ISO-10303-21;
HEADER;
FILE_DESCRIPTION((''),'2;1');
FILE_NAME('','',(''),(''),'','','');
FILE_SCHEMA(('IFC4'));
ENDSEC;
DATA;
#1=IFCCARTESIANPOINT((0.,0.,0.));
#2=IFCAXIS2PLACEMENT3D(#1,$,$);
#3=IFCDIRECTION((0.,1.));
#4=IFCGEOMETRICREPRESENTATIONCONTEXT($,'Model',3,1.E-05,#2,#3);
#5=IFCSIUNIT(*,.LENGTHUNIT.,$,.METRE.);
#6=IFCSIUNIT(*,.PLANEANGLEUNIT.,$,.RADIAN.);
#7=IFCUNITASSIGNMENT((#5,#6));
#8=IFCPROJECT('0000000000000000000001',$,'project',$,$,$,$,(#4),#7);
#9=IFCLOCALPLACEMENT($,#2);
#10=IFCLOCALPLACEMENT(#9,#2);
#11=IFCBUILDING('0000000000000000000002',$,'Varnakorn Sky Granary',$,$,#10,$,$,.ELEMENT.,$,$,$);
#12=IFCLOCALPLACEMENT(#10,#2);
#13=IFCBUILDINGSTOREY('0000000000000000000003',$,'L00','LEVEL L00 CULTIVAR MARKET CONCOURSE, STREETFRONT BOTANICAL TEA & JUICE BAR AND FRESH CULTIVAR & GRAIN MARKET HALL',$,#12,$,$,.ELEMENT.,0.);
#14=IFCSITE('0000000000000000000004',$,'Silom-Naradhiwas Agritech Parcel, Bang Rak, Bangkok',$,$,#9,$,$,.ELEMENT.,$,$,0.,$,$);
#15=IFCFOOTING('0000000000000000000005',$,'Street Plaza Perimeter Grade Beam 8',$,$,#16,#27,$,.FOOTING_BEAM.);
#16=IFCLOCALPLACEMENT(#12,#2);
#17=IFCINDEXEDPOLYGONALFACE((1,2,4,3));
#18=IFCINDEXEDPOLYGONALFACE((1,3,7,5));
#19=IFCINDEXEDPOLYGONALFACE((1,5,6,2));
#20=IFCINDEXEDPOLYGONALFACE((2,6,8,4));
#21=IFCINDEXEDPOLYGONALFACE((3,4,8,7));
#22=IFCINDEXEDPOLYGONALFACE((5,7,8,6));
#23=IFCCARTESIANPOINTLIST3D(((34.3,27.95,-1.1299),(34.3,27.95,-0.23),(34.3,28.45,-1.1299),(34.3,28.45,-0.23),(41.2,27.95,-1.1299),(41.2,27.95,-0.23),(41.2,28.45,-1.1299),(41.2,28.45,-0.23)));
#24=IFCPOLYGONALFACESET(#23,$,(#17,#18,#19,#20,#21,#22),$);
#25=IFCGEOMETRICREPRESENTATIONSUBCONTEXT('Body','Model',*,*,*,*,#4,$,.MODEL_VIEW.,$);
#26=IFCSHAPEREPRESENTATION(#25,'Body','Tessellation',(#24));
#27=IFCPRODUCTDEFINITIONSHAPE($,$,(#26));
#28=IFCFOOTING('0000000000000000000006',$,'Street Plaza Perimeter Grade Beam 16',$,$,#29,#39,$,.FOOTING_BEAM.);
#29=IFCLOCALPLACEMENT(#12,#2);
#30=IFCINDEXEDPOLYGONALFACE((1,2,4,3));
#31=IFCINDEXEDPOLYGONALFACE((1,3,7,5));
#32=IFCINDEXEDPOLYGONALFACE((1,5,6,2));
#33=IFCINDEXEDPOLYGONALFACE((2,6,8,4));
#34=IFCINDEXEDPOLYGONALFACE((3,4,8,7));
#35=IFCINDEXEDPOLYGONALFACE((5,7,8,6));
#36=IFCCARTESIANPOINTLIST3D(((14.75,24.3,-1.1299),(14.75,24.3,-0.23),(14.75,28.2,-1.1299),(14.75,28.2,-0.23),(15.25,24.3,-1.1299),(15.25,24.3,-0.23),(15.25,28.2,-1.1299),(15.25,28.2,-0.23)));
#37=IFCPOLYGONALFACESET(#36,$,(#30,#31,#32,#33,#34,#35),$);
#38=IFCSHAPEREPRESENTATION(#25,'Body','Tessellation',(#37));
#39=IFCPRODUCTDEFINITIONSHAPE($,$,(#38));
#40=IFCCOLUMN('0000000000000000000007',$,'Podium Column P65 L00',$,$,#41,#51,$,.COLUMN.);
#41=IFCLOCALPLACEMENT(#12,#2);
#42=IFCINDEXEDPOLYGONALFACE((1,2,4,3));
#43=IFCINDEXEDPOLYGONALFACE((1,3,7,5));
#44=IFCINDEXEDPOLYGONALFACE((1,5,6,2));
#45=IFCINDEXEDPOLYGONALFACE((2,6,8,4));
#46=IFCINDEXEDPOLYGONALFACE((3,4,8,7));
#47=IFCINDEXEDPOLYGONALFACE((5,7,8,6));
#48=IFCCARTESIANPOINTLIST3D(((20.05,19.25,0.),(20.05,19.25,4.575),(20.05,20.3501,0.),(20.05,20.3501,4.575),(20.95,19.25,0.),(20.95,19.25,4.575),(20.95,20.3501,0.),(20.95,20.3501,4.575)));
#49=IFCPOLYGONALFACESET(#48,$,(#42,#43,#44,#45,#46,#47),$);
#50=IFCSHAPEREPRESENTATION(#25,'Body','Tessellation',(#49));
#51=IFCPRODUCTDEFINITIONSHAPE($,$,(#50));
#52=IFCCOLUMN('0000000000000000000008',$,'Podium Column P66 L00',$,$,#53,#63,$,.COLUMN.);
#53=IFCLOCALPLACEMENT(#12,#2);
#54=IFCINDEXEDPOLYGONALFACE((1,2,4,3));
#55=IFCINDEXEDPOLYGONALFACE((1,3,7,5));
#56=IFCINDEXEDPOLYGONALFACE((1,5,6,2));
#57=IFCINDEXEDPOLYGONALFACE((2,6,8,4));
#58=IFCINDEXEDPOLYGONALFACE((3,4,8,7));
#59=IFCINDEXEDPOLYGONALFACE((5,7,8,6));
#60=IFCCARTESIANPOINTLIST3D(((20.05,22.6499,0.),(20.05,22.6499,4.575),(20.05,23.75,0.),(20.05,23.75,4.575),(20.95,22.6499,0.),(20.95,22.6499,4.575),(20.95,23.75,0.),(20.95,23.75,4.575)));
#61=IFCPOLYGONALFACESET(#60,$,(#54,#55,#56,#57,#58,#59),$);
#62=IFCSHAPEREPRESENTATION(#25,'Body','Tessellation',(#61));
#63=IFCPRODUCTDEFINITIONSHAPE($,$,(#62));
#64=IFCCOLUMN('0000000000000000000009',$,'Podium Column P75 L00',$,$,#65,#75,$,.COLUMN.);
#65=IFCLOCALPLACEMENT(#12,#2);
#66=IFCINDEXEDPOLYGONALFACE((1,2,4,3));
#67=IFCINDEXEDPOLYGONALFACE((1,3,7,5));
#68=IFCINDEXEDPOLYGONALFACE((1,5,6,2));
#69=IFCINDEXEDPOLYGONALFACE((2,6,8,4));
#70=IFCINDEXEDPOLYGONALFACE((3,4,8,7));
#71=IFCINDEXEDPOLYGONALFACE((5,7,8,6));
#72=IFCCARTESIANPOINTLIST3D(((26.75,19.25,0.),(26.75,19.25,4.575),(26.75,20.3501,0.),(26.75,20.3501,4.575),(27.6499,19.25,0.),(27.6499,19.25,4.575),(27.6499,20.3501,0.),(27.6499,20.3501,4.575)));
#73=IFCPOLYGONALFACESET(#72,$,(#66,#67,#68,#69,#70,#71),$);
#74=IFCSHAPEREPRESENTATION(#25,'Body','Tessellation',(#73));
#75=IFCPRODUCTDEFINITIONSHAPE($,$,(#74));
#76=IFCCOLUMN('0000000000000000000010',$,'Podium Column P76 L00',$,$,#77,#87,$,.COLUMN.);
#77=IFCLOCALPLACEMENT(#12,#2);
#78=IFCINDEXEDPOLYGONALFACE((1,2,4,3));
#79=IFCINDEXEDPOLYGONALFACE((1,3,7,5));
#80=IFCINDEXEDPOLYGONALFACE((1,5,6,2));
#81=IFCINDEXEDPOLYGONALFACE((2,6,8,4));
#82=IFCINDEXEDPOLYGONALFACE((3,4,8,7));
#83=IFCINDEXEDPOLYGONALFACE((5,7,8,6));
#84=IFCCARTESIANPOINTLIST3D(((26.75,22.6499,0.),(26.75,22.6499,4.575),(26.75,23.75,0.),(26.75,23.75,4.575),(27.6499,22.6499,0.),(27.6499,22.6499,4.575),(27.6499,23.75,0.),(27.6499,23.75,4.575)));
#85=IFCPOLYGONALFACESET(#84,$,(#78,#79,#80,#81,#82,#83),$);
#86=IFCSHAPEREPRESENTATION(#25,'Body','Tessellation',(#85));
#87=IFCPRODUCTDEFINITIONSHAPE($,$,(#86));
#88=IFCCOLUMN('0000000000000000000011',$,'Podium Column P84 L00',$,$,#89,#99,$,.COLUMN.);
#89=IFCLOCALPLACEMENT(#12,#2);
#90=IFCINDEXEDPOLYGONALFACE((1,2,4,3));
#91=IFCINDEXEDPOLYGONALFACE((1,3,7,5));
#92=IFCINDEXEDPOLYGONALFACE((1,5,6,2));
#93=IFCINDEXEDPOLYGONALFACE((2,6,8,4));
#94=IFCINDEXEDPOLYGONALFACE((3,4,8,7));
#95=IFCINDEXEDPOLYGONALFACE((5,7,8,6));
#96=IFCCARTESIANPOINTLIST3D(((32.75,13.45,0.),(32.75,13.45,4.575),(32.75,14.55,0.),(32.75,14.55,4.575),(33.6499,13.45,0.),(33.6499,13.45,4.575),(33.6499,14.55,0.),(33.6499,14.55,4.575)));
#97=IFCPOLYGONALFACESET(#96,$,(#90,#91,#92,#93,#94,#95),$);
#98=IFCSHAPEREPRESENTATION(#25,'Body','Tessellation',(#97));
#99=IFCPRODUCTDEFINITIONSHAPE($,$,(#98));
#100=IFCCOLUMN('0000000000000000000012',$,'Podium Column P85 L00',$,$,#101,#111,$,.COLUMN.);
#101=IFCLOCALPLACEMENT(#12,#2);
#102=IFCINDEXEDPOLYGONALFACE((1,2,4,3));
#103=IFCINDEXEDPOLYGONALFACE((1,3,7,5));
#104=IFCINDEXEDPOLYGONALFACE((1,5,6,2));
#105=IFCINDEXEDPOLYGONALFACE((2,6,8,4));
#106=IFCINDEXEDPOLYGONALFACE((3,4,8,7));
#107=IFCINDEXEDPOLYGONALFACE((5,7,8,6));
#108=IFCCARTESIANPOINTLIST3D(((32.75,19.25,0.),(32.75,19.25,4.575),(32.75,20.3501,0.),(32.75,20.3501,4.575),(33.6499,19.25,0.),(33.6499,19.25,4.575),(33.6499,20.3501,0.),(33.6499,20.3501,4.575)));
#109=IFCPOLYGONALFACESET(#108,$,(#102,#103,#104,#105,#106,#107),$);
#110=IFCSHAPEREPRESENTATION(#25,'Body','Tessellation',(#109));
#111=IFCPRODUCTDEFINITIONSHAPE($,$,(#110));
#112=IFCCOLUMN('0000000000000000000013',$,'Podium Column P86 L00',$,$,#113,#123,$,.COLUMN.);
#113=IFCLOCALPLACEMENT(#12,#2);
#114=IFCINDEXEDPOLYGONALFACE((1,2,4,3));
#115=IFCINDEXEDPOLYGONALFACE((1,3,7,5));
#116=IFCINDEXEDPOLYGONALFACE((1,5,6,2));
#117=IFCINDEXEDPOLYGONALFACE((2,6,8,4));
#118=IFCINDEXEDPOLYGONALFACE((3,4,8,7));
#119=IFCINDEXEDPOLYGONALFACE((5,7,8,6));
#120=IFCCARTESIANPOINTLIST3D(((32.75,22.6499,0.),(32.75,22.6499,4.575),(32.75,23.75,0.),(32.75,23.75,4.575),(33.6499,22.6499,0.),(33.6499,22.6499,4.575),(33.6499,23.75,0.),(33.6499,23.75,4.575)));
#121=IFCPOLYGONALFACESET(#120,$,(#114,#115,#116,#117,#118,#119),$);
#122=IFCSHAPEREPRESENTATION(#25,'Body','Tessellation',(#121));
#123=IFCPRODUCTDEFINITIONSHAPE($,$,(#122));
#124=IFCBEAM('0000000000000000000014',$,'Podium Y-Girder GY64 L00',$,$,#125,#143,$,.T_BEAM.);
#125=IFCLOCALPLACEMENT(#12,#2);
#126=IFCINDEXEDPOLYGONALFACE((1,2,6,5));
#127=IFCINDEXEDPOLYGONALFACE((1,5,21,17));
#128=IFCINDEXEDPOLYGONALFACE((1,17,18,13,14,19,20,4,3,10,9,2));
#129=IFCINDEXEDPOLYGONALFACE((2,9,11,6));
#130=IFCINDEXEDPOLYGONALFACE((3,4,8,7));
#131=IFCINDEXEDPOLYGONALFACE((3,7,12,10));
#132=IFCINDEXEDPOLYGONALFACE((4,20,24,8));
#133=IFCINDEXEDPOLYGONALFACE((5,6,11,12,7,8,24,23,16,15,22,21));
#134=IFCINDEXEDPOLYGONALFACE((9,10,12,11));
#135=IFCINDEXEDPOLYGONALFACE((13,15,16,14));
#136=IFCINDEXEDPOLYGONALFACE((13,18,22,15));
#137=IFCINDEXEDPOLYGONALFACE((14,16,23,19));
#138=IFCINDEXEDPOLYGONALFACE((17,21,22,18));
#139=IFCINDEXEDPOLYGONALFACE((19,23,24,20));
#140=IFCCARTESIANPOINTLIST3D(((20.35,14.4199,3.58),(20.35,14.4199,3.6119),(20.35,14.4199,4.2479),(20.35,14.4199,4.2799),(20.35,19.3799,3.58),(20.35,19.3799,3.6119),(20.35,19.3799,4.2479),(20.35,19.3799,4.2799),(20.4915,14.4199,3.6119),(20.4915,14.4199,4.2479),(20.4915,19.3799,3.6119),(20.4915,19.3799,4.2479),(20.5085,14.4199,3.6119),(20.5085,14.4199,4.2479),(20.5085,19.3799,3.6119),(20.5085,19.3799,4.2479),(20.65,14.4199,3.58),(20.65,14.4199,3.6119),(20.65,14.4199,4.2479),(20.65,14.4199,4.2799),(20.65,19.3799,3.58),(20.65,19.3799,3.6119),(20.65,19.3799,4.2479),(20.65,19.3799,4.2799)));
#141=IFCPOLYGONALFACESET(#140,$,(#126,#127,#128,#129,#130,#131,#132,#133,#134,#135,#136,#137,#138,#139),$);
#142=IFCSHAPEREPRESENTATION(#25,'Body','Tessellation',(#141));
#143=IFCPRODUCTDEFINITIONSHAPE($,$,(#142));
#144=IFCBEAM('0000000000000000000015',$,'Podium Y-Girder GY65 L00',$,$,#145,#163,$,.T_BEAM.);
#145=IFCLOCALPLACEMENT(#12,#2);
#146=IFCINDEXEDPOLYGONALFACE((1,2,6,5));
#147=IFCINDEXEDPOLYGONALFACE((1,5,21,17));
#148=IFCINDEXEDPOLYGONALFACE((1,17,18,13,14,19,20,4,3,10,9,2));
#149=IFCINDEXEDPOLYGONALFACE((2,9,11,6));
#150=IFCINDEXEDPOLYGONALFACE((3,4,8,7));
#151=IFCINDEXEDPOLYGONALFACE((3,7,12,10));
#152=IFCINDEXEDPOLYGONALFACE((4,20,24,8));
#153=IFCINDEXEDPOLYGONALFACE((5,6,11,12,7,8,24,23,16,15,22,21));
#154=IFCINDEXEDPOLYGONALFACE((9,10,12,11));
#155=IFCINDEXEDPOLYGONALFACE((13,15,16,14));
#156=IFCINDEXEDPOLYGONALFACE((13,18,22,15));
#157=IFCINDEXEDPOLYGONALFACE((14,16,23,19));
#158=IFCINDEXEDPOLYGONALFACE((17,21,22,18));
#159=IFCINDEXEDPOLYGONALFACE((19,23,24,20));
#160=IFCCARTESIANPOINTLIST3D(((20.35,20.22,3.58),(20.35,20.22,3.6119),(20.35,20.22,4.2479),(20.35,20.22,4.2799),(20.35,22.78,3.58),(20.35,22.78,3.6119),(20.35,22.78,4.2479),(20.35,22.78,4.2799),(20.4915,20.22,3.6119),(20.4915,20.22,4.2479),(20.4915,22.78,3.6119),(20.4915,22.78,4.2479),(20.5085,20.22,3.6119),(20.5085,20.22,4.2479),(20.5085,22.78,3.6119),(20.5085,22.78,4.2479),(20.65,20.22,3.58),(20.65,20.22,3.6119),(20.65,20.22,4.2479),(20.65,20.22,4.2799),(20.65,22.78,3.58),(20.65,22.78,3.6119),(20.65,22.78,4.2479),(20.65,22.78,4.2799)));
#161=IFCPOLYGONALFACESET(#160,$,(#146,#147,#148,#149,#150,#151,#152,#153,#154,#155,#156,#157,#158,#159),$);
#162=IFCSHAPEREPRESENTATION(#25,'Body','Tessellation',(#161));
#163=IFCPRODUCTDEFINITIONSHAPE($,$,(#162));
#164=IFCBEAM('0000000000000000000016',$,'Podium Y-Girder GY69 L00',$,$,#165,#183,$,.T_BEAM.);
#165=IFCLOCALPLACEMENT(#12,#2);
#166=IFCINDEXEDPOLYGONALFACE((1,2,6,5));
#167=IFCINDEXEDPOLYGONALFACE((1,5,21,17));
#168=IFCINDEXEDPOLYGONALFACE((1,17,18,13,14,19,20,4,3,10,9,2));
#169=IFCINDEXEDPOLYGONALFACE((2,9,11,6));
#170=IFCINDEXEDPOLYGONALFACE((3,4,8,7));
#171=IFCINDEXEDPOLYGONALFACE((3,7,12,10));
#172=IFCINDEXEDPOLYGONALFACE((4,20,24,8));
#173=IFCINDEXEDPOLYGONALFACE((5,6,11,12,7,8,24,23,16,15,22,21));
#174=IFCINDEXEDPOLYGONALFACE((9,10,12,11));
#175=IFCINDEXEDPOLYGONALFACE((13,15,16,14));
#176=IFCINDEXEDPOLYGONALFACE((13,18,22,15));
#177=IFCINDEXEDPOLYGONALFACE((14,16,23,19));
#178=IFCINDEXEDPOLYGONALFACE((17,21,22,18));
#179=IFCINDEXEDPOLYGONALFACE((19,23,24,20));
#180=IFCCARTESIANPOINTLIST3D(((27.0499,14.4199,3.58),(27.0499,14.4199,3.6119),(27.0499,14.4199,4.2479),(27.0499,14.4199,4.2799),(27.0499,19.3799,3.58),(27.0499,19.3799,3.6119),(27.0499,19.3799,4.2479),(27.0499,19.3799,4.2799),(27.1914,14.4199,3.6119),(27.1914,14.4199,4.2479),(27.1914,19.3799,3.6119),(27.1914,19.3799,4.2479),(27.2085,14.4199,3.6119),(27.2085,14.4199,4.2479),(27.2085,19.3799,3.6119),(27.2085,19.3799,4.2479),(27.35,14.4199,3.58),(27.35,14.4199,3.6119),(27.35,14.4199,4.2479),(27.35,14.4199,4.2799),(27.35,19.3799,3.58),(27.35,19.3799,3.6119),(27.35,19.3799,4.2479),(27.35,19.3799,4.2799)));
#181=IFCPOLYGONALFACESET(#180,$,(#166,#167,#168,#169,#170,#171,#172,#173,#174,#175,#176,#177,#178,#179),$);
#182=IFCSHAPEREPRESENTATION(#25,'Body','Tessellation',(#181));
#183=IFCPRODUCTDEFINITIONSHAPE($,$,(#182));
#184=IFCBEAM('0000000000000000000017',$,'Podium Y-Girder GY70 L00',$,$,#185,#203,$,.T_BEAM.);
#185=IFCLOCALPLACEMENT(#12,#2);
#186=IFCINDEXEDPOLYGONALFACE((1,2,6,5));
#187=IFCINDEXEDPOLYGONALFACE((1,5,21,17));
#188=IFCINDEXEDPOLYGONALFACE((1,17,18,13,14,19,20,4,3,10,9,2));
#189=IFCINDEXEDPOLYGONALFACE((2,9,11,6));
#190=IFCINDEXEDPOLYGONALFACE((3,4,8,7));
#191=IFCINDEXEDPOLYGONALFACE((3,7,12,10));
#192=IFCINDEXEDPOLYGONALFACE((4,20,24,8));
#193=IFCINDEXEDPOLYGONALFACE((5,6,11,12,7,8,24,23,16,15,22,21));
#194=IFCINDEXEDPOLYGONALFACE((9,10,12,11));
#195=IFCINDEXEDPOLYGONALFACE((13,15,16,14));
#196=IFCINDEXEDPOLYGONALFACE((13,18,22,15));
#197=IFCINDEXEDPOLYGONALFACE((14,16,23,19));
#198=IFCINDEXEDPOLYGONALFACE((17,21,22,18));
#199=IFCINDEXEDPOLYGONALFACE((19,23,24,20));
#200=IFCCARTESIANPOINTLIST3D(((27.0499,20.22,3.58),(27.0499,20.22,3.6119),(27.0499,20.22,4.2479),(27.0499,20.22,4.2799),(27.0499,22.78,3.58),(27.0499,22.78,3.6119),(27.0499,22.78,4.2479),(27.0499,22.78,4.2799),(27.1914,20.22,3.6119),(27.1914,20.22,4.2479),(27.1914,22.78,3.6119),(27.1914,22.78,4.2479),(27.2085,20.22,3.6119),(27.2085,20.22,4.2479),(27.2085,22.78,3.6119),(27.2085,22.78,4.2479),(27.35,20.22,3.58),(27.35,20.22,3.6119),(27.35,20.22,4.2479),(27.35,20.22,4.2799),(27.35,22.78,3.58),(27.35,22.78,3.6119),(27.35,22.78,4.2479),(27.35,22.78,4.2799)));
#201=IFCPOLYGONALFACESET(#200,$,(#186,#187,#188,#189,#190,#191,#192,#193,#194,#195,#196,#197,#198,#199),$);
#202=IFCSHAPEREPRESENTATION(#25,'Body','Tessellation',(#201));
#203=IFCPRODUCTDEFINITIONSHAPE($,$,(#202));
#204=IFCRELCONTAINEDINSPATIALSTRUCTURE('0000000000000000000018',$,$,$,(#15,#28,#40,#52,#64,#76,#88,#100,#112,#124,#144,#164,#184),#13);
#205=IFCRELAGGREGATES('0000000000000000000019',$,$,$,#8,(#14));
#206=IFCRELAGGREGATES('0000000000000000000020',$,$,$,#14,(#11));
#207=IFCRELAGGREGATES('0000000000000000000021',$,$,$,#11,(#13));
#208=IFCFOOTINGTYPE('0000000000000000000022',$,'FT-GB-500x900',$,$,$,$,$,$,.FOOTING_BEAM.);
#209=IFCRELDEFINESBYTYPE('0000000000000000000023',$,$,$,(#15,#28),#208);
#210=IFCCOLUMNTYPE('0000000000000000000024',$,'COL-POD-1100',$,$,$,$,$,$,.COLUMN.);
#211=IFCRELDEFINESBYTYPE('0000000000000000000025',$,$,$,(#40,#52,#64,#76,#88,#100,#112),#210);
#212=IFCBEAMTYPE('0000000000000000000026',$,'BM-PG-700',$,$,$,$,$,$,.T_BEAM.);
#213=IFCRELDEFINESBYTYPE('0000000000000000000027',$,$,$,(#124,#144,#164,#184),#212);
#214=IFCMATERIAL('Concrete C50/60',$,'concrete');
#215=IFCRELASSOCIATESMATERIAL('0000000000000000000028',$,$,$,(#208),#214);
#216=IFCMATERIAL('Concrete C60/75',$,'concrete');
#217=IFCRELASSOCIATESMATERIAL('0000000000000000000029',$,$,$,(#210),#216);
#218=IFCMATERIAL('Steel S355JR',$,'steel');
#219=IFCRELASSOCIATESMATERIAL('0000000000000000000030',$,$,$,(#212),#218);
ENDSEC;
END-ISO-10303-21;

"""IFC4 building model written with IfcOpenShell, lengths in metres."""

from ifc_helpers import new_model, si_unit, direction, frame, origin, origin_2d, place, context, subcontext, project, spatial, rectangle, i_section, extrude, material, material_profile, profile_set, type_object, element, save


model = new_model("IFC4")

# Units and contexts
model_context = context("Model", 3, precision=1e-05, world=origin(), true_north=direction((0.0, 1.0)))
body_context = subcontext(model_context, "Body", "Model", "MODEL_VIEW")
ifc_project = project(units=[si_unit("LENGTHUNIT", "METRE"), si_unit("PLANEANGLEUNIT", "RADIAN")], contexts=[model_context])

# Site, building, storey
site_placement = place(None, origin())
site = spatial("IfcSite", under=ifc_project, at=site_placement, Name="Silom-Naradhiwas Agritech Parcel, Bang Rak, Bangkok", CompositionType="ELEMENT", RefElevation=0.0)
building_placement = place(site_placement, origin())
building = spatial("IfcBuilding", under=site, at=building_placement, Name="Varnakorn Sky Granary", CompositionType="ELEMENT")
storey_placement = place(building_placement, origin())
storey = spatial("IfcBuildingStorey", under=building, at=storey_placement, Name="L00", Description="LEVEL L00 CULTIVAR MARKET CONCOURSE, STREETFRONT BOTANICAL TEA & JUICE BAR AND FRESH CULTIVAR & GRAIN MARKET HALL", CompositionType="ELEMENT", Elevation=0.0)

# Footings
ifc_material_1 = material(Name="Concrete C50/60", Category="concrete")
ifc_material_profile_1 = material_profile(ifc_material_1, rectangle(XDim=0.5, YDim=0.8999, at=origin_2d()), Name="RC 500x900")
ifc_profile_set_1 = profile_set([ifc_material_profile_1], Name="Concrete C50/60")
footing_type = type_object("IfcFootingType", Name="FT-GB-500x900", PredefinedType="FOOTING_BEAM", material=ifc_profile_set_1)
footing_1_placement = place(storey_placement, frame((34.3, 28.2, -0.6799), z_axis=(1.0, 0.0, 0.0), x_axis=(0.0, 1.0, 0.0)))
element("IfcFooting", 1, at=footing_1_placement, inside=storey, type_object=footing_type, Name="Street Plaza Perimeter Grade Beam 8", PredefinedType="FOOTING_BEAM", context=body_context, shape_type="SweptSolid", body=[
    extrude(rectangle(XDim=0.5, YDim=0.8999, at=origin_2d()), origin(), (0.0, 0.0, 1.0), 6.8999),
])
footing_2_placement = place(storey_placement, frame((15.0, 24.3, -0.6799), z_axis=(0.0, 1.0, 0.0), x_axis=(-1.0, 0.0, 0.0)))
element("IfcFooting", 2, at=footing_2_placement, inside=storey, type_object=footing_type, Name="Street Plaza Perimeter Grade Beam 16", PredefinedType="FOOTING_BEAM", context=body_context, shape_type="SweptSolid", body=[
    extrude(rectangle(XDim=0.5, YDim=0.8999, at=origin_2d()), origin(), (0.0, 0.0, 1.0), 3.8999),
])

# Columns
ifc_material_2 = material(Name="Concrete C60/75", Category="concrete")
ifc_material_profile_2 = material_profile(ifc_material_2, rectangle(XDim=0.8999, YDim=1.1001, at=origin_2d()), Name="RC 900x1100")
ifc_profile_set_2 = profile_set([ifc_material_profile_2], Name="Concrete C60/75")
column_type = type_object("IfcColumnType", Name="COL-POD-1100", PredefinedType="COLUMN", material=ifc_profile_set_2)
for number, where, z_axis, x_axis, name in (
    (3, (20.5, 19.8, 0.0), (0.0, 0.0, 1.0), (1.0, 0.0, 0.0), "Podium Column P65 L00"),
    (4, (20.5, 23.2, 0.0), (0.0, 0.0, 1.0), (1.0, 0.0, 0.0), "Podium Column P66 L00"),
    (5, (27.2, 19.8, 0.0), (0.0, 0.0, 1.0), (1.0, 0.0, 0.0), "Podium Column P75 L00"),
    (6, (27.2, 23.2, 0.0), (0.0, 0.0, 1.0), (1.0, 0.0, 0.0), "Podium Column P76 L00"),
    (7, (33.2, 14.0, 0.0), (0.0, 0.0, 1.0), (1.0, 0.0, 0.0), "Podium Column P84 L00"),
    (8, (33.2, 19.8, 0.0), (0.0, 0.0, 1.0), (1.0, 0.0, 0.0), "Podium Column P85 L00"),
    (9, (33.2, 23.2, 0.0), (0.0, 0.0, 1.0), (1.0, 0.0, 0.0), "Podium Column P86 L00"),
):
    element("IfcColumn", number, at=place(storey_placement, frame(where, z_axis=z_axis, x_axis=x_axis)), inside=storey, type_object=column_type, Name=name, PredefinedType="COLUMN", context=body_context, shape_type="SweptSolid", body=[
        extrude(rectangle(XDim=0.8999, YDim=1.1001, at=origin_2d()), origin(), (0.0, 0.0, 1.0), 4.575),
    ])

# Beams
ifc_material_3 = material(Name="Steel S355JR", Category="steel")
ifc_material_profile_3 = material_profile(ifc_material_3, i_section(OverallWidth=0.3, OverallDepth=0.7, WebThickness=0.0171, FlangeThickness=0.032, at=origin_2d()), Name="HE 700 B")
ifc_profile_set_3 = profile_set([ifc_material_profile_3], Name="Steel S355JR")
beam_type_1 = type_object("IfcBeamType", Name="BM-PG-700", PredefinedType="T_BEAM", material=ifc_profile_set_3)
beam_1_placement = place(storey_placement, frame((20.5, 14.4199, 3.9299), z_axis=(0.0, 1.0, 0.0), x_axis=(-1.0, 0.0, 0.0)))
element("IfcBeam", 10, at=beam_1_placement, inside=storey, type_object=beam_type_1, Name="Podium Y-Girder GY64 L00", PredefinedType="T_BEAM", context=body_context, shape_type="SweptSolid", body=[
    extrude(i_section(OverallWidth=0.3, OverallDepth=0.7, WebThickness=0.0171, FlangeThickness=0.032, at=origin_2d()), origin(), (0.0, 0.0, 1.0), 4.96),
])
beam_2_placement = place(storey_placement, frame((20.5, 20.22, 3.9299), z_axis=(0.0, 1.0, 0.0), x_axis=(-1.0, 0.0, 0.0)))
element("IfcBeam", 11, at=beam_2_placement, inside=storey, type_object=beam_type_1, Name="Podium Y-Girder GY65 L00", PredefinedType="T_BEAM", context=body_context, shape_type="SweptSolid", body=[
    extrude(i_section(OverallWidth=0.3, OverallDepth=0.7, WebThickness=0.0171, FlangeThickness=0.032, at=origin_2d()), origin(), (0.0, 0.0, 1.0), 2.5601),
])
beam_3_placement = place(storey_placement, frame((27.2, 14.4199, 3.9299), z_axis=(0.0, 1.0, 0.0), x_axis=(-1.0, 0.0, 0.0)))
element("IfcBeam", 12, at=beam_3_placement, inside=storey, type_object=beam_type_1, Name="Podium Y-Girder GY69 L00", PredefinedType="T_BEAM", context=body_context, shape_type="SweptSolid", body=[
    extrude(i_section(OverallWidth=0.3, OverallDepth=0.7, WebThickness=0.0171, FlangeThickness=0.032, at=origin_2d()), origin(), (0.0, 0.0, 1.0), 4.96),
])
beam_4_placement = place(storey_placement, frame((27.2, 20.22, 3.9299), z_axis=(0.0, 1.0, 0.0), x_axis=(-1.0, 0.0, 0.0)))
element("IfcBeam", 13, at=beam_4_placement, inside=storey, type_object=beam_type_1, Name="Podium Y-Girder GY70 L00", PredefinedType="T_BEAM", context=body_context, shape_type="SweptSolid", body=[
    extrude(i_section(OverallWidth=0.3, OverallDepth=0.7, WebThickness=0.0171, FlangeThickness=0.032, at=origin_2d()), origin(), (0.0, 0.0, 1.0), 2.5601),
])

save(model, "model.ifc")
